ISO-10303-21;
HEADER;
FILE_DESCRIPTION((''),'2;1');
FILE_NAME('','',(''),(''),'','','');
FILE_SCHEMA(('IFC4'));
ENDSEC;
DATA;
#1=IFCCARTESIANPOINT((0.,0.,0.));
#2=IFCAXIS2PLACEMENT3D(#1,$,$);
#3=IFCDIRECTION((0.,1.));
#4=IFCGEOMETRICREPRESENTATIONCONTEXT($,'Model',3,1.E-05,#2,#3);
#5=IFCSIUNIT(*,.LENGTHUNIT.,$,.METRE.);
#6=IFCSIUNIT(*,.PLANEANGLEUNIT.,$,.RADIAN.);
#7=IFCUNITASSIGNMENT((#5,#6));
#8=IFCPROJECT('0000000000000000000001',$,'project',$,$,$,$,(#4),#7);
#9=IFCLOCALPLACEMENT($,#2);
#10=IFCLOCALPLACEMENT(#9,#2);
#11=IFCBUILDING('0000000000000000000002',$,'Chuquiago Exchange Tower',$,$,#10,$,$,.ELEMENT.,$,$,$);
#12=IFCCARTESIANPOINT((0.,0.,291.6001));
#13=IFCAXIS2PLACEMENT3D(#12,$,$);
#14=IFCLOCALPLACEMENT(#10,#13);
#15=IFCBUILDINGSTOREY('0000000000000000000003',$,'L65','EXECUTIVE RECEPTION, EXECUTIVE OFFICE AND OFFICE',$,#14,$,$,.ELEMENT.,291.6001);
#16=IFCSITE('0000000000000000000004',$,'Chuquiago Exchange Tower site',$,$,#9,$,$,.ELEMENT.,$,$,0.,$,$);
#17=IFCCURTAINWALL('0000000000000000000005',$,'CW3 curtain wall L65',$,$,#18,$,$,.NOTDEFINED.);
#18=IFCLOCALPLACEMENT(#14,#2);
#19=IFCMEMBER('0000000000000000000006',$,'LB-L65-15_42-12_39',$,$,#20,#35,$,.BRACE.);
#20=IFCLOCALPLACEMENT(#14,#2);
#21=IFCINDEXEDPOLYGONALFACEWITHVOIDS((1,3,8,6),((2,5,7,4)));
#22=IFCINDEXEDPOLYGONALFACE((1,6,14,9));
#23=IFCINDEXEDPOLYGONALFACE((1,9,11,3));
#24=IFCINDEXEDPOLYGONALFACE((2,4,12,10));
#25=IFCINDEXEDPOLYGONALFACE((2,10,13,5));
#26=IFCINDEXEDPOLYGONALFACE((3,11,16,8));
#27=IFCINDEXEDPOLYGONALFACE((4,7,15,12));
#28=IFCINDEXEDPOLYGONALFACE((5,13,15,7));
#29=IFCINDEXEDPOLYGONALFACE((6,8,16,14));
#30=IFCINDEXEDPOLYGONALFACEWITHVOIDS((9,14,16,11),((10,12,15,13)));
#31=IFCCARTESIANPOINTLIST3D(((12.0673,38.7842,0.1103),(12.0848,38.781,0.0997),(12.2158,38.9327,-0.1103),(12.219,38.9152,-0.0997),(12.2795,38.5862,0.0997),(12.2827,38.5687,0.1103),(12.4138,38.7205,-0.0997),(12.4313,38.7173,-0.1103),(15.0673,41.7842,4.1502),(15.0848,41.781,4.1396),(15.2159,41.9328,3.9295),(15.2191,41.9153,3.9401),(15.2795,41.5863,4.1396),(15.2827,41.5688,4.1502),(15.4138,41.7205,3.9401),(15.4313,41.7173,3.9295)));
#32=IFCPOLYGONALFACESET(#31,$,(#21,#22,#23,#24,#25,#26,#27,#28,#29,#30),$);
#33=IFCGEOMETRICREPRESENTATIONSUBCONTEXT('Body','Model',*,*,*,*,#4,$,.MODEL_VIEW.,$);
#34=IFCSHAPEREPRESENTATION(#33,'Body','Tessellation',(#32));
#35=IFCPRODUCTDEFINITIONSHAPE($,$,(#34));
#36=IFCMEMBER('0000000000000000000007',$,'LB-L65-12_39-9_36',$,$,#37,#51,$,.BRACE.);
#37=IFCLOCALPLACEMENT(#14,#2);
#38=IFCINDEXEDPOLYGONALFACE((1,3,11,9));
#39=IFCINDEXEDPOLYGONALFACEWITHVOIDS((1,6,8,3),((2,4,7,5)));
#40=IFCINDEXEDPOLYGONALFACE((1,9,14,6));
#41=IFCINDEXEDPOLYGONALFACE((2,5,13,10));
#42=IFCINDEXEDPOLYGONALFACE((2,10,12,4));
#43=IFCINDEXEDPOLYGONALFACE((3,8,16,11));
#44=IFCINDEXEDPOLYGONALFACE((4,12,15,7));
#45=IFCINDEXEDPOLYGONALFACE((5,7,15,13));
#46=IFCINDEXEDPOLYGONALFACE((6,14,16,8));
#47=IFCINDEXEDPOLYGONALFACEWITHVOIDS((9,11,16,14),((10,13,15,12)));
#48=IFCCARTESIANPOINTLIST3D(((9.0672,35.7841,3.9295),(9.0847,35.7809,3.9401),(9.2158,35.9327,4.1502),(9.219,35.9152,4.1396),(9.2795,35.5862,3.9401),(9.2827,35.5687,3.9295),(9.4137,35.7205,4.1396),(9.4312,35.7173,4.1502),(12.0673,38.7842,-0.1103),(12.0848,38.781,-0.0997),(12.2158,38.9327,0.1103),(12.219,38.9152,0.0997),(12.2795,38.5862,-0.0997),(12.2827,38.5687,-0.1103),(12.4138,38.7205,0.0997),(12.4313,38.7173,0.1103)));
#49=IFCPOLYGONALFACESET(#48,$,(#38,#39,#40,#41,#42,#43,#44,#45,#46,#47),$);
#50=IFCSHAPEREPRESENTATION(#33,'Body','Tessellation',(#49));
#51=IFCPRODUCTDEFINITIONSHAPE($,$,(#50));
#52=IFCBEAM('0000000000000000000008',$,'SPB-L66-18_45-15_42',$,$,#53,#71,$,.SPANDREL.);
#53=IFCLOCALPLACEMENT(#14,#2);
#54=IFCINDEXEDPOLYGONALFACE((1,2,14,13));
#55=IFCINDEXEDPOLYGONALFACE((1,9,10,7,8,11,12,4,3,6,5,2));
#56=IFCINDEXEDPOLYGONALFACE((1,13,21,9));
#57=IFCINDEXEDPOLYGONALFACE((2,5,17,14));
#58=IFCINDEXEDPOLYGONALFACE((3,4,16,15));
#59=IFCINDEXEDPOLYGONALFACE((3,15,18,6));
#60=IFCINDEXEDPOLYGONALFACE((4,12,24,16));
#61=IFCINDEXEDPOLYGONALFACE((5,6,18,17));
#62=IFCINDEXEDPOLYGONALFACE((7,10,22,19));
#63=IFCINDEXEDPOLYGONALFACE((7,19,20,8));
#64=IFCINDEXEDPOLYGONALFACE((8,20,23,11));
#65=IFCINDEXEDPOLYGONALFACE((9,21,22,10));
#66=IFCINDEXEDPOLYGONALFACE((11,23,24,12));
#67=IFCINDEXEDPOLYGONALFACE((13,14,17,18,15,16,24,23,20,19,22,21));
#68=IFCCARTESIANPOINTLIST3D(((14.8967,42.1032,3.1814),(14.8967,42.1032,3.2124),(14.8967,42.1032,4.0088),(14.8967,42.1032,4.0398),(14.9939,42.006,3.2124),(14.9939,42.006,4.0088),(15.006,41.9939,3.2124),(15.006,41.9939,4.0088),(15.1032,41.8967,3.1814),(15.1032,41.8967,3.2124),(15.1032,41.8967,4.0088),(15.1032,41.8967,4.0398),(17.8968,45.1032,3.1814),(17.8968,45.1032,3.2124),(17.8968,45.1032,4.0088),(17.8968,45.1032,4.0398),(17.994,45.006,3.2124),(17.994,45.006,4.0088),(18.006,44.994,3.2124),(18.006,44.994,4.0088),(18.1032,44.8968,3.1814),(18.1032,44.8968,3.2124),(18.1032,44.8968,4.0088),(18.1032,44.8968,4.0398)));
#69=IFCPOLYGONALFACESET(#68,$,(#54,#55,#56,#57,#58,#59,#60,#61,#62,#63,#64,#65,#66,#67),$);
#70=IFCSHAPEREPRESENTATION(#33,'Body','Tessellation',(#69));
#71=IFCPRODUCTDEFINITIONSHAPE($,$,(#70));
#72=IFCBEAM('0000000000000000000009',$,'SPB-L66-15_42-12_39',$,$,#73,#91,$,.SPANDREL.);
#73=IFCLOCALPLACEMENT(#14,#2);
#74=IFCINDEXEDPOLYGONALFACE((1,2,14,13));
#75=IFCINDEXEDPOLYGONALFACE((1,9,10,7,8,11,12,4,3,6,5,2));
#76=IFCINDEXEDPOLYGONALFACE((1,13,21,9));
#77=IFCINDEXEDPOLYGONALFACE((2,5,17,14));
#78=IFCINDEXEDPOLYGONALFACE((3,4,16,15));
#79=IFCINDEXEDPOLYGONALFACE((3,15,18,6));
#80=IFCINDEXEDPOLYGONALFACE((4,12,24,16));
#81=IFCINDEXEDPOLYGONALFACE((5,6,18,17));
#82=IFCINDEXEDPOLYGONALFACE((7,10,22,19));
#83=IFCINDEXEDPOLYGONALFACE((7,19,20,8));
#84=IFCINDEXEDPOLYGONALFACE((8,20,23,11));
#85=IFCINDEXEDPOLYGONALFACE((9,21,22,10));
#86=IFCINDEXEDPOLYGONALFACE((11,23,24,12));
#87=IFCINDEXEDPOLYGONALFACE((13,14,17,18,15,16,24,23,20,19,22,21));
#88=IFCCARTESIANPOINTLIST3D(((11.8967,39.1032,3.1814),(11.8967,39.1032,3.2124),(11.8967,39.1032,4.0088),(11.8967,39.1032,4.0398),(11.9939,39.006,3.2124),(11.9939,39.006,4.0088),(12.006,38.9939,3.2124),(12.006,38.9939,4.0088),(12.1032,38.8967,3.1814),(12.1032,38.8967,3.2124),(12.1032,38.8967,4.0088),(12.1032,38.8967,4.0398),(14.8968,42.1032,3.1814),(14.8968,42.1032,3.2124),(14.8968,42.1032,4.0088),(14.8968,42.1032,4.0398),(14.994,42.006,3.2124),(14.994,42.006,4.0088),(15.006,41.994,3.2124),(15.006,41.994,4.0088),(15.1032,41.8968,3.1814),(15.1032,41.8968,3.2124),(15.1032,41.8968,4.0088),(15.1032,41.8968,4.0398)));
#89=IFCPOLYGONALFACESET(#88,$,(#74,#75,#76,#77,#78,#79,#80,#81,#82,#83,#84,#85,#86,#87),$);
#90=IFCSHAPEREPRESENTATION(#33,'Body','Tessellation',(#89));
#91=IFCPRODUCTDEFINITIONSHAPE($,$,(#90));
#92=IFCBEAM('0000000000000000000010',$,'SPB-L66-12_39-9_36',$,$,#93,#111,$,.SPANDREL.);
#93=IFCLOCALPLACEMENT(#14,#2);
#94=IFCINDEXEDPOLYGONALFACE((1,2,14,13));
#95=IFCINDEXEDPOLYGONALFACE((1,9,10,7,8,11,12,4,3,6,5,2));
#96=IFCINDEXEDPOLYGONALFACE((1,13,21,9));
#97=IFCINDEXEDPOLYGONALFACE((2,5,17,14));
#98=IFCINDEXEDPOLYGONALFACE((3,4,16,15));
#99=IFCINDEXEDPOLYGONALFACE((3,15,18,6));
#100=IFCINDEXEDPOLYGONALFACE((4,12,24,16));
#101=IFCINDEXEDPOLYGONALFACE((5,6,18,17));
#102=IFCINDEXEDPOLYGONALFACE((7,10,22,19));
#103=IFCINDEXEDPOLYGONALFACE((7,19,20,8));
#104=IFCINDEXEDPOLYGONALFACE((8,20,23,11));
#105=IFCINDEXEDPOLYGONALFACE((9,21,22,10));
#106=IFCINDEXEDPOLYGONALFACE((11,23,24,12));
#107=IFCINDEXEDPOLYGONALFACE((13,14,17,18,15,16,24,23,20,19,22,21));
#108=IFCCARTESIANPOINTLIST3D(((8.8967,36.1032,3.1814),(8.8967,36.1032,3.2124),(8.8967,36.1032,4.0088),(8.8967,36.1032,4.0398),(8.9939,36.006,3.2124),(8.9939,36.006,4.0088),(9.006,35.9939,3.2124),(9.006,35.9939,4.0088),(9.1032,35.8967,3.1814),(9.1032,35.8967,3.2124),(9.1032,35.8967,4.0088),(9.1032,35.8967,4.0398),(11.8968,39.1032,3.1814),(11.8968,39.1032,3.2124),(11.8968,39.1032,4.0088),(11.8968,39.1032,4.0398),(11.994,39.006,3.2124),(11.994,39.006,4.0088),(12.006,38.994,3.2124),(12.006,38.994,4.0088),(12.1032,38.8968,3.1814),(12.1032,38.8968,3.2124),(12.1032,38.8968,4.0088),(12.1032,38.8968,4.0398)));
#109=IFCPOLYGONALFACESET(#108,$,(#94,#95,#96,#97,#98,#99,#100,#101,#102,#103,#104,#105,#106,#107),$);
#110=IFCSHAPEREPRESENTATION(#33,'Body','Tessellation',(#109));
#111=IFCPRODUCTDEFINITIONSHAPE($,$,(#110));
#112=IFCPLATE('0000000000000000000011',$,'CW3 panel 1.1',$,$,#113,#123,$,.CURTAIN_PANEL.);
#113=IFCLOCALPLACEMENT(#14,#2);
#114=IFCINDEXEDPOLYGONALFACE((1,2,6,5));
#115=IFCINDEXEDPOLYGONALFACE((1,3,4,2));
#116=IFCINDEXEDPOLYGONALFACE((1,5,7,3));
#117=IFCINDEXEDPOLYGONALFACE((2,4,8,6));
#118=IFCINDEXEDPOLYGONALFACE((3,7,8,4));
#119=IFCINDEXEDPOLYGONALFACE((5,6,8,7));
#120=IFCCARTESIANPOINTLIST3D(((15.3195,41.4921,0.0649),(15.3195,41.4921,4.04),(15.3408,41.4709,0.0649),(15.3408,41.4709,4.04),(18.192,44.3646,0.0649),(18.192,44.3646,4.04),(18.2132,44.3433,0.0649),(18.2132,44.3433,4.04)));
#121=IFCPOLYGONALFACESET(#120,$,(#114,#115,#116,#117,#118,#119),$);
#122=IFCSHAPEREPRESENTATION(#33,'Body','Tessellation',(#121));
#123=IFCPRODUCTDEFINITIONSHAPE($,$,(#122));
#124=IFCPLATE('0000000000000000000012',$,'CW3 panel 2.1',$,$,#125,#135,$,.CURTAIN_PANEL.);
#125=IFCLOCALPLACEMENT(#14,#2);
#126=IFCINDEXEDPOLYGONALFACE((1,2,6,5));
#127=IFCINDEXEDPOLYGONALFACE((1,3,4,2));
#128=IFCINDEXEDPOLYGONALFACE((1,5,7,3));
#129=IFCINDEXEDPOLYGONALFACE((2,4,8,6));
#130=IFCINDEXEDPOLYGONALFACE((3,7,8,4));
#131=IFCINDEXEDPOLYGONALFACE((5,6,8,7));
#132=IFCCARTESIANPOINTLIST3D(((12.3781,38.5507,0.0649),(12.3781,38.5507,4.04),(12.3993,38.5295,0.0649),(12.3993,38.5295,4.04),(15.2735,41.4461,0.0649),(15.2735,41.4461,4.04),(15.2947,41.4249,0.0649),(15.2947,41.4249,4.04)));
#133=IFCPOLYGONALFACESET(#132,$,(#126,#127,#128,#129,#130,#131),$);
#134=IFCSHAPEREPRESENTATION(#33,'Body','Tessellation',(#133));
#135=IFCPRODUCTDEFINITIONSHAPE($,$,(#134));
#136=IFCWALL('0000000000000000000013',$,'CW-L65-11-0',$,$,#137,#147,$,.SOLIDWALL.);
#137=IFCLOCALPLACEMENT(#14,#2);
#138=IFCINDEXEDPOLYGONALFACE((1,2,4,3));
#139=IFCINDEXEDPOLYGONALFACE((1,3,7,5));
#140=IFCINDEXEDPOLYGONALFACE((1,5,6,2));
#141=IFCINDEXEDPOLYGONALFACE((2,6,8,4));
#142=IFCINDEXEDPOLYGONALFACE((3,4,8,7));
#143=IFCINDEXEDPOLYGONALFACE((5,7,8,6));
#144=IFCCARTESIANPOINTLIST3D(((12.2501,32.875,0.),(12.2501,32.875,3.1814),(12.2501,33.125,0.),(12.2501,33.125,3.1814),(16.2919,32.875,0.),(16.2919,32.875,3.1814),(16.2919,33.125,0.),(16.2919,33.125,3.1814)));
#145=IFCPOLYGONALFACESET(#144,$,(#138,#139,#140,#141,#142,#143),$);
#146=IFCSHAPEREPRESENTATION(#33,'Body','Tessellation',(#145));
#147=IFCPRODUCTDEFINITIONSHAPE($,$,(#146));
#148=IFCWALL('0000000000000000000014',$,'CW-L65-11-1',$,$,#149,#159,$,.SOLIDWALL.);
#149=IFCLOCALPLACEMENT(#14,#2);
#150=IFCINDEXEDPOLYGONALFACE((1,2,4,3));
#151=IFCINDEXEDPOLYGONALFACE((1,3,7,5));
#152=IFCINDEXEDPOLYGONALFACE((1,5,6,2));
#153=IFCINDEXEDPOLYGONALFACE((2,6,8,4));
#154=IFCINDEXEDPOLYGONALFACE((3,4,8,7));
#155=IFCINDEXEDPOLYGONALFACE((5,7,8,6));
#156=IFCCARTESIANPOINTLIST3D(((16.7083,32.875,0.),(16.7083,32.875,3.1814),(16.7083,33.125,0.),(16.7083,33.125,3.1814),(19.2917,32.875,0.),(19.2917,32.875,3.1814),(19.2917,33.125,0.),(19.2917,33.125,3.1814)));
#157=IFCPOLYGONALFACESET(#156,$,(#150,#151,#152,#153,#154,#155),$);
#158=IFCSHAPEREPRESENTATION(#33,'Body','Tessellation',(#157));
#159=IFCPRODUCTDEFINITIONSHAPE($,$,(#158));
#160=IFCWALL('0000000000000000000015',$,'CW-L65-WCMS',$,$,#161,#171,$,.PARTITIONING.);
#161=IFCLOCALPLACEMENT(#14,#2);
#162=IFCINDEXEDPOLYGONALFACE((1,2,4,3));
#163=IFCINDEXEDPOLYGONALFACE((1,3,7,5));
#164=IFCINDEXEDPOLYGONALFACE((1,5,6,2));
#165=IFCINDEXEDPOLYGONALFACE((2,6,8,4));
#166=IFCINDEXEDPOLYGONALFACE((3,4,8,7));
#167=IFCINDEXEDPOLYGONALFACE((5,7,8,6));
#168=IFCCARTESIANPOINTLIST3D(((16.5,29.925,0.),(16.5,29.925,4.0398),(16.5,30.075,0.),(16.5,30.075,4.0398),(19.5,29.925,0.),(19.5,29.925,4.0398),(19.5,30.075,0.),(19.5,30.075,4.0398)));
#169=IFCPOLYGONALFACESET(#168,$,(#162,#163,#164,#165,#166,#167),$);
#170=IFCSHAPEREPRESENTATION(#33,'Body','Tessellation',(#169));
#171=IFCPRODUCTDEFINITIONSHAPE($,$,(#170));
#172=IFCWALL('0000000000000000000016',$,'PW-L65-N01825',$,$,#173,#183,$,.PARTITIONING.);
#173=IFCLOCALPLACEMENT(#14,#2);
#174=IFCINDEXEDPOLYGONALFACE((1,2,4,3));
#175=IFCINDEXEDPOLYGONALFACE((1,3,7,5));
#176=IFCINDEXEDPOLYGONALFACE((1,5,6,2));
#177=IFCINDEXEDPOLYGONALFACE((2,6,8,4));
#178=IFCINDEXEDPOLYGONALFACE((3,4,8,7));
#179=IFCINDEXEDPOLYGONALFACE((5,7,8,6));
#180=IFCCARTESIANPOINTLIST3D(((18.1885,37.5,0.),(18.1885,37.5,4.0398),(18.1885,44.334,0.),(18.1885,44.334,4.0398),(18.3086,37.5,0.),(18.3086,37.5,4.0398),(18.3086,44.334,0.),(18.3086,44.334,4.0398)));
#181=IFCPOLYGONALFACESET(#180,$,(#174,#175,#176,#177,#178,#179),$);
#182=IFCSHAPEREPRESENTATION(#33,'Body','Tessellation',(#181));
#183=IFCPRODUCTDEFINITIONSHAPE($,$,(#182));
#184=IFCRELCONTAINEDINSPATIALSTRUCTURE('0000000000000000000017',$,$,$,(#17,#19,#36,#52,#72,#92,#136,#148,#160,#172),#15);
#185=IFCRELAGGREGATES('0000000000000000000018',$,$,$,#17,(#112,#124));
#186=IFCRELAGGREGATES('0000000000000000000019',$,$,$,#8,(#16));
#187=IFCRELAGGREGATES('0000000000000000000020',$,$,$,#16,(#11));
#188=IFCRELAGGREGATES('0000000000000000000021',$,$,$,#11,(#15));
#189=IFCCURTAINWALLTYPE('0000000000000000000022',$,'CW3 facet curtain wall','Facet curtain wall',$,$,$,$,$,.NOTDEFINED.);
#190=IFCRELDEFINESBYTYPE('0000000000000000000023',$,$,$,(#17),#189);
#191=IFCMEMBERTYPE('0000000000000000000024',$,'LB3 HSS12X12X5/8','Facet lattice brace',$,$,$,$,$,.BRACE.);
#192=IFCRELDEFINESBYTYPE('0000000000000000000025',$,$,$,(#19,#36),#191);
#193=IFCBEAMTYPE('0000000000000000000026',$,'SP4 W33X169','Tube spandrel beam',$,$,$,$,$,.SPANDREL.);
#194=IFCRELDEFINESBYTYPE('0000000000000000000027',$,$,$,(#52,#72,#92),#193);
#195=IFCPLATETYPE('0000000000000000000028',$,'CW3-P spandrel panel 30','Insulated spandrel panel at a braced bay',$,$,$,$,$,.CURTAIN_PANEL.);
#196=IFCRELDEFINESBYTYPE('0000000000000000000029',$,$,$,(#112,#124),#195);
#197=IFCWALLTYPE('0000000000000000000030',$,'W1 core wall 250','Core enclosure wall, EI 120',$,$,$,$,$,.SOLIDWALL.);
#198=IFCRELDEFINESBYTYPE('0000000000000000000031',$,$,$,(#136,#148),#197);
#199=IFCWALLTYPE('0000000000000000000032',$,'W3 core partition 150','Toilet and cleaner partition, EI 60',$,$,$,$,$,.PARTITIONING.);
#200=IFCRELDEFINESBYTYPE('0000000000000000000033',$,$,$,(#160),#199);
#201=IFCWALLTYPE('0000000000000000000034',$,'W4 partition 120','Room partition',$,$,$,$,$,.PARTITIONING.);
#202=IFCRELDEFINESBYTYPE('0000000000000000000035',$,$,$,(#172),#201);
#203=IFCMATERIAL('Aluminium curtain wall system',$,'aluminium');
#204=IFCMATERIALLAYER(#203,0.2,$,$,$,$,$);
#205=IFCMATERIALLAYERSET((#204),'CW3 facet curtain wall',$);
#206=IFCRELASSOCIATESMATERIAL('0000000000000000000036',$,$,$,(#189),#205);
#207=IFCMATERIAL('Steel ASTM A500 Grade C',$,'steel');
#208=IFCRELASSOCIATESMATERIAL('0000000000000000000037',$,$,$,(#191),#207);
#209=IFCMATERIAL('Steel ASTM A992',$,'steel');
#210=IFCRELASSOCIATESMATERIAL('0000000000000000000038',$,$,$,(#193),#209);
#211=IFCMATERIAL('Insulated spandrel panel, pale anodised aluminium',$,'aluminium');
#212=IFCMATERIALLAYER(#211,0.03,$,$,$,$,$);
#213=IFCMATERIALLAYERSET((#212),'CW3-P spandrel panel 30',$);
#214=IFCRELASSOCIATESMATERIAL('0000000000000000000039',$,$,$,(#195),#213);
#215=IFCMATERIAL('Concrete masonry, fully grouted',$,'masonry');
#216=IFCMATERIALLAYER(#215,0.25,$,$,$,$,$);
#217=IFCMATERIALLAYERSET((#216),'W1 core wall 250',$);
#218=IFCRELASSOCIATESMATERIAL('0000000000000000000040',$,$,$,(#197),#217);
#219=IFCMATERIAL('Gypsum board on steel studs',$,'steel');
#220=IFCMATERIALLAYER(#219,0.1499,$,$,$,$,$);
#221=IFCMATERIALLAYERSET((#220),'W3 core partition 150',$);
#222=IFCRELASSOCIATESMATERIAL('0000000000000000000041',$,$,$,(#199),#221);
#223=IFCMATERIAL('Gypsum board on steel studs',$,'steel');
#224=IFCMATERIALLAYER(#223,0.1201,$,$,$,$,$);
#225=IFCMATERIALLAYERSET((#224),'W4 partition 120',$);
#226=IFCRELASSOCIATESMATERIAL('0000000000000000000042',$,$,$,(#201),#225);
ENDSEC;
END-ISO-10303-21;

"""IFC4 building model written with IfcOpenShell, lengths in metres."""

from ifc_helpers import new_model, si_unit, direction, frame, frame_2d, origin, origin_2d, place, context, subcontext, project, spatial, rectangle, hollow_rectangle, i_section, extrude, material, layer, layer_set, material_profile, profile_set, type_object, element, aggregate, save


model = new_model("IFC4")

# Units and contexts
model_context = context("Model", 3, precision=1e-05, world=origin(), true_north=direction((0.0, 1.0)))
body_context = subcontext(model_context, "Body", "Model", "MODEL_VIEW")
ifc_project = project(units=[si_unit("LENGTHUNIT", "METRE"), si_unit("PLANEANGLEUNIT", "RADIAN")], contexts=[model_context])

# Site, building, storey
site_placement = place(None, origin())
site = spatial("IfcSite", under=ifc_project, at=site_placement, Name="Chuquiago Exchange Tower site", CompositionType="ELEMENT", RefElevation=0.0)
building_placement = place(site_placement, origin())
building = spatial("IfcBuilding", under=site, at=building_placement, Name="Chuquiago Exchange Tower", CompositionType="ELEMENT")
storey_placement = place(building_placement, frame((0.0, 0.0, 291.6001)))
storey = spatial("IfcBuildingStorey", under=building, at=storey_placement, Name="L65", Description="EXECUTIVE RECEPTION, EXECUTIVE OFFICE AND OFFICE", CompositionType="ELEMENT", Elevation=291.6001)

# Curtain wall
ifc_material_1 = material(Name="Aluminium curtain wall system", Category="aluminium")
ifc_layer_1 = layer(ifc_material_1, 0.2)
ifc_layer_set_1 = layer_set([ifc_layer_1], Name="CW3 facet curtain wall")
curtain_wall_type = type_object("IfcCurtainWallType", Name="CW3 facet curtain wall", Description="Facet curtain wall", PredefinedType="NOTDEFINED", material=ifc_layer_set_1)
curtain_wall_placement = place(storey_placement, origin())
curtain_wall = element("IfcCurtainWall", 1, at=curtain_wall_placement, inside=storey, type_object=curtain_wall_type, Name="CW3 curtain wall L65", PredefinedType="NOTDEFINED")

# Members
ifc_material_2 = material(Name="Steel ASTM A500 Grade C", Category="steel")
ifc_material_profile_1 = material_profile(ifc_material_2, hollow_rectangle(XDim=0.3047, YDim=0.3047, WallThickness=0.0146, at=origin_2d()), Name="HSS12X12X5/8")
ifc_profile_set_1 = profile_set([ifc_material_profile_1], Name="Steel ASTM A500 Grade C")
member_type_1 = type_object("IfcMemberType", Name="LB3 HSS12X12X5/8", Description="Facet lattice brace", PredefinedType="BRACE", material=ifc_profile_set_1)
for number, where, z_axis, x_axis, name in (
    (2, (12.2493, 38.7507, 0.0), (0.512092, 0.512092, 0.689582), (-0.707107, 0.707107, 0.0), "LB-L65-15_42-12_39"),
    (3, (12.2493, 38.7507, 0.0), (-0.512092, -0.512092, 0.689582), (0.707107, -0.707107, 0.0), "LB-L65-12_39-9_36"),
):
    element("IfcMember", number, at=place(storey_placement, frame(where, z_axis=z_axis, x_axis=x_axis)), inside=storey, type_object=member_type_1, Name=name, PredefinedType="BRACE", context=body_context, shape_type="SweptSolid", body=[
        extrude(hollow_rectangle(XDim=0.3047, YDim=0.3047, WallThickness=0.0146, at=origin_2d()), origin(), (0.0, 0.0, 1.0), 5.8584),
    ])

# Beams
ifc_material_3 = material(Name="Steel ASTM A992", Category="steel")
ifc_material_profile_2 = material_profile(ifc_material_3, i_section(OverallWidth=0.292, OverallDepth=0.8584, WebThickness=0.0171, FlangeThickness=0.031, at=origin_2d()), Name="W33X169")
ifc_profile_set_2 = profile_set([ifc_material_profile_2], Name="Steel ASTM A992")
beam_type_1 = type_object("IfcBeamType", Name="SP4 W33X169", Description="Tube spandrel beam", PredefinedType="SPANDREL", material=ifc_profile_set_2)
for number, where, z_axis, x_axis, name in (
    (4, (18.0, 45.0, 3.6106), (-0.707107, -0.707107, 0.0), (0.707107, -0.707107, 0.0), "SPB-L66-18_45-15_42"),
    (5, (15.0, 42.0, 3.6106), (-0.707107, -0.707107, 0.0), (0.707107, -0.707107, 0.0), "SPB-L66-15_42-12_39"),
    (6, (12.0, 39.0, 3.6106), (-0.707107, -0.707107, 0.0), (0.707107, -0.707107, 0.0), "SPB-L66-12_39-9_36"),
):
    element("IfcBeam", number, at=place(storey_placement, frame(where, z_axis=z_axis, x_axis=x_axis)), inside=storey, type_object=beam_type_1, Name=name, PredefinedType="SPANDREL", context=body_context, shape_type="SweptSolid", body=[
        extrude(i_section(OverallWidth=0.292, OverallDepth=0.8584, WebThickness=0.0171, FlangeThickness=0.031, at=origin_2d()), origin(), (0.0, 0.0, 1.0), 4.2427),
    ])

# Plates
ifc_material_4 = material(Name="Insulated spandrel panel, pale anodised aluminium", Category="aluminium")
ifc_layer_2 = layer(ifc_material_4, 0.03)
ifc_layer_set_2 = layer_set([ifc_layer_2], Name="CW3-P spandrel panel 30")
plate_type = type_object("IfcPlateType", Name="CW3-P spandrel panel 30", Description="Insulated spandrel panel at a braced bay", PredefinedType="CURTAIN_PANEL", material=ifc_layer_set_2)
plate_1_placement = place(storey_placement, frame((16.7664, 42.9177, 0.0649), z_axis=(0.0, 0.0, 1.0), x_axis=(-0.707107, -0.707107, 0.0)))
plate_1 = element("IfcPlate", 7, at=plate_1_placement, type_object=plate_type, Name="CW3 panel 1.1", PredefinedType="CURTAIN_PANEL", context=body_context, shape_type="SweptSolid", body=[
    extrude(rectangle(XDim=4.0623, YDim=0.03, at=origin_2d()), origin(), (0.0, 0.0, 1.0), 3.9751),
])
plate_2_placement = place(storey_placement, frame((13.8364, 39.9878, 0.0649), z_axis=(0.0, 0.0, 1.0), x_axis=(-0.707107, -0.707107, 0.0)))
plate_2 = element("IfcPlate", 8, at=plate_2_placement, type_object=plate_type, Name="CW3 panel 2.1", PredefinedType="CURTAIN_PANEL", context=body_context, shape_type="SweptSolid", body=[
    extrude(rectangle(XDim=4.0947, YDim=0.03, at=origin_2d()), origin(), (0.0, 0.0, 1.0), 3.9751),
])
aggregate(curtain_wall, [plate_1, plate_2])

# Walls
ifc_material_5 = material(Name="Concrete masonry, fully grouted", Category="masonry")
ifc_layer_3 = layer(ifc_material_5, 0.25)
ifc_layer_set_3 = layer_set([ifc_layer_3], Name="W1 core wall 250")
wall_type_1 = type_object("IfcWallType", Name="W1 core wall 250", Description="Core enclosure wall, EI 120", PredefinedType="SOLIDWALL", material=ifc_layer_set_3)
wall_1_placement = place(storey_placement, frame((12.25, 33.0, 0.0), z_axis=(0.0, 0.0, 1.0), x_axis=(1.0, 0.0, 0.0)))
element("IfcWall", 9, at=wall_1_placement, inside=storey, type_object=wall_type_1, Name="CW-L65-11-0", PredefinedType="SOLIDWALL", context=body_context, shape_type="SweptSolid", body=[
    extrude(rectangle(XDim=4.0417, YDim=0.25, at=frame_2d((2.021, 0.0))), origin(), (0.0, 0.0, 1.0), 3.1814),
])
wall_2_placement = place(storey_placement, frame((16.7083, 33.0, 0.0), z_axis=(0.0, 0.0, 1.0), x_axis=(1.0, 0.0, 0.0)))
element("IfcWall", 10, at=wall_2_placement, inside=storey, type_object=wall_type_1, Name="CW-L65-11-1", PredefinedType="SOLIDWALL", context=body_context, shape_type="SweptSolid", body=[
    extrude(rectangle(XDim=2.5835, YDim=0.25, at=frame_2d((1.2917, 0.0))), origin(), (0.0, 0.0, 1.0), 3.1814),
])
ifc_material_6 = material(Name="Gypsum board on steel studs", Category="steel")
ifc_layer_4 = layer(ifc_material_6, 0.1499)
ifc_layer_set_4 = layer_set([ifc_layer_4], Name="W3 core partition 150")
wall_type_2 = type_object("IfcWallType", Name="W3 core partition 150", Description="Toilet and cleaner partition, EI 60", PredefinedType="PARTITIONING", material=ifc_layer_set_4)
wall_3_placement = place(storey_placement, frame((16.5, 30.0, 0.0), z_axis=(0.0, 0.0, 1.0), x_axis=(1.0, 0.0, 0.0)))
element("IfcWall", 11, at=wall_3_placement, inside=storey, type_object=wall_type_2, Name="CW-L65-WCMS", PredefinedType="PARTITIONING", context=body_context, shape_type="SweptSolid", body=[
    extrude(rectangle(XDim=3.0, YDim=0.1499, at=frame_2d((1.5, 0.0))), origin(), (0.0, 0.0, 1.0), 4.0398),
])
ifc_material_7 = material(Name="Gypsum board on steel studs", Category="steel")
ifc_layer_5 = layer(ifc_material_7, 0.1201)
ifc_layer_set_5 = layer_set([ifc_layer_5], Name="W4 partition 120")
wall_type_3 = type_object("IfcWallType", Name="W4 partition 120", Description="Room partition", PredefinedType="PARTITIONING", material=ifc_layer_set_5)
wall_4_placement = place(storey_placement, frame((18.2485, 44.334, 0.0), z_axis=(0.0, 0.0, 1.0), x_axis=(0.0, -1.0, 0.0)))
element("IfcWall", 12, at=wall_4_placement, inside=storey, type_object=wall_type_3, Name="PW-L65-N01825", PredefinedType="PARTITIONING", context=body_context, shape_type="SweptSolid", body=[
    extrude(rectangle(XDim=6.834, YDim=0.1201, at=frame_2d((3.417, 0.0))), origin(), (0.0, 0.0, 1.0), 4.0398),
])

save(model, "model.ifc")
